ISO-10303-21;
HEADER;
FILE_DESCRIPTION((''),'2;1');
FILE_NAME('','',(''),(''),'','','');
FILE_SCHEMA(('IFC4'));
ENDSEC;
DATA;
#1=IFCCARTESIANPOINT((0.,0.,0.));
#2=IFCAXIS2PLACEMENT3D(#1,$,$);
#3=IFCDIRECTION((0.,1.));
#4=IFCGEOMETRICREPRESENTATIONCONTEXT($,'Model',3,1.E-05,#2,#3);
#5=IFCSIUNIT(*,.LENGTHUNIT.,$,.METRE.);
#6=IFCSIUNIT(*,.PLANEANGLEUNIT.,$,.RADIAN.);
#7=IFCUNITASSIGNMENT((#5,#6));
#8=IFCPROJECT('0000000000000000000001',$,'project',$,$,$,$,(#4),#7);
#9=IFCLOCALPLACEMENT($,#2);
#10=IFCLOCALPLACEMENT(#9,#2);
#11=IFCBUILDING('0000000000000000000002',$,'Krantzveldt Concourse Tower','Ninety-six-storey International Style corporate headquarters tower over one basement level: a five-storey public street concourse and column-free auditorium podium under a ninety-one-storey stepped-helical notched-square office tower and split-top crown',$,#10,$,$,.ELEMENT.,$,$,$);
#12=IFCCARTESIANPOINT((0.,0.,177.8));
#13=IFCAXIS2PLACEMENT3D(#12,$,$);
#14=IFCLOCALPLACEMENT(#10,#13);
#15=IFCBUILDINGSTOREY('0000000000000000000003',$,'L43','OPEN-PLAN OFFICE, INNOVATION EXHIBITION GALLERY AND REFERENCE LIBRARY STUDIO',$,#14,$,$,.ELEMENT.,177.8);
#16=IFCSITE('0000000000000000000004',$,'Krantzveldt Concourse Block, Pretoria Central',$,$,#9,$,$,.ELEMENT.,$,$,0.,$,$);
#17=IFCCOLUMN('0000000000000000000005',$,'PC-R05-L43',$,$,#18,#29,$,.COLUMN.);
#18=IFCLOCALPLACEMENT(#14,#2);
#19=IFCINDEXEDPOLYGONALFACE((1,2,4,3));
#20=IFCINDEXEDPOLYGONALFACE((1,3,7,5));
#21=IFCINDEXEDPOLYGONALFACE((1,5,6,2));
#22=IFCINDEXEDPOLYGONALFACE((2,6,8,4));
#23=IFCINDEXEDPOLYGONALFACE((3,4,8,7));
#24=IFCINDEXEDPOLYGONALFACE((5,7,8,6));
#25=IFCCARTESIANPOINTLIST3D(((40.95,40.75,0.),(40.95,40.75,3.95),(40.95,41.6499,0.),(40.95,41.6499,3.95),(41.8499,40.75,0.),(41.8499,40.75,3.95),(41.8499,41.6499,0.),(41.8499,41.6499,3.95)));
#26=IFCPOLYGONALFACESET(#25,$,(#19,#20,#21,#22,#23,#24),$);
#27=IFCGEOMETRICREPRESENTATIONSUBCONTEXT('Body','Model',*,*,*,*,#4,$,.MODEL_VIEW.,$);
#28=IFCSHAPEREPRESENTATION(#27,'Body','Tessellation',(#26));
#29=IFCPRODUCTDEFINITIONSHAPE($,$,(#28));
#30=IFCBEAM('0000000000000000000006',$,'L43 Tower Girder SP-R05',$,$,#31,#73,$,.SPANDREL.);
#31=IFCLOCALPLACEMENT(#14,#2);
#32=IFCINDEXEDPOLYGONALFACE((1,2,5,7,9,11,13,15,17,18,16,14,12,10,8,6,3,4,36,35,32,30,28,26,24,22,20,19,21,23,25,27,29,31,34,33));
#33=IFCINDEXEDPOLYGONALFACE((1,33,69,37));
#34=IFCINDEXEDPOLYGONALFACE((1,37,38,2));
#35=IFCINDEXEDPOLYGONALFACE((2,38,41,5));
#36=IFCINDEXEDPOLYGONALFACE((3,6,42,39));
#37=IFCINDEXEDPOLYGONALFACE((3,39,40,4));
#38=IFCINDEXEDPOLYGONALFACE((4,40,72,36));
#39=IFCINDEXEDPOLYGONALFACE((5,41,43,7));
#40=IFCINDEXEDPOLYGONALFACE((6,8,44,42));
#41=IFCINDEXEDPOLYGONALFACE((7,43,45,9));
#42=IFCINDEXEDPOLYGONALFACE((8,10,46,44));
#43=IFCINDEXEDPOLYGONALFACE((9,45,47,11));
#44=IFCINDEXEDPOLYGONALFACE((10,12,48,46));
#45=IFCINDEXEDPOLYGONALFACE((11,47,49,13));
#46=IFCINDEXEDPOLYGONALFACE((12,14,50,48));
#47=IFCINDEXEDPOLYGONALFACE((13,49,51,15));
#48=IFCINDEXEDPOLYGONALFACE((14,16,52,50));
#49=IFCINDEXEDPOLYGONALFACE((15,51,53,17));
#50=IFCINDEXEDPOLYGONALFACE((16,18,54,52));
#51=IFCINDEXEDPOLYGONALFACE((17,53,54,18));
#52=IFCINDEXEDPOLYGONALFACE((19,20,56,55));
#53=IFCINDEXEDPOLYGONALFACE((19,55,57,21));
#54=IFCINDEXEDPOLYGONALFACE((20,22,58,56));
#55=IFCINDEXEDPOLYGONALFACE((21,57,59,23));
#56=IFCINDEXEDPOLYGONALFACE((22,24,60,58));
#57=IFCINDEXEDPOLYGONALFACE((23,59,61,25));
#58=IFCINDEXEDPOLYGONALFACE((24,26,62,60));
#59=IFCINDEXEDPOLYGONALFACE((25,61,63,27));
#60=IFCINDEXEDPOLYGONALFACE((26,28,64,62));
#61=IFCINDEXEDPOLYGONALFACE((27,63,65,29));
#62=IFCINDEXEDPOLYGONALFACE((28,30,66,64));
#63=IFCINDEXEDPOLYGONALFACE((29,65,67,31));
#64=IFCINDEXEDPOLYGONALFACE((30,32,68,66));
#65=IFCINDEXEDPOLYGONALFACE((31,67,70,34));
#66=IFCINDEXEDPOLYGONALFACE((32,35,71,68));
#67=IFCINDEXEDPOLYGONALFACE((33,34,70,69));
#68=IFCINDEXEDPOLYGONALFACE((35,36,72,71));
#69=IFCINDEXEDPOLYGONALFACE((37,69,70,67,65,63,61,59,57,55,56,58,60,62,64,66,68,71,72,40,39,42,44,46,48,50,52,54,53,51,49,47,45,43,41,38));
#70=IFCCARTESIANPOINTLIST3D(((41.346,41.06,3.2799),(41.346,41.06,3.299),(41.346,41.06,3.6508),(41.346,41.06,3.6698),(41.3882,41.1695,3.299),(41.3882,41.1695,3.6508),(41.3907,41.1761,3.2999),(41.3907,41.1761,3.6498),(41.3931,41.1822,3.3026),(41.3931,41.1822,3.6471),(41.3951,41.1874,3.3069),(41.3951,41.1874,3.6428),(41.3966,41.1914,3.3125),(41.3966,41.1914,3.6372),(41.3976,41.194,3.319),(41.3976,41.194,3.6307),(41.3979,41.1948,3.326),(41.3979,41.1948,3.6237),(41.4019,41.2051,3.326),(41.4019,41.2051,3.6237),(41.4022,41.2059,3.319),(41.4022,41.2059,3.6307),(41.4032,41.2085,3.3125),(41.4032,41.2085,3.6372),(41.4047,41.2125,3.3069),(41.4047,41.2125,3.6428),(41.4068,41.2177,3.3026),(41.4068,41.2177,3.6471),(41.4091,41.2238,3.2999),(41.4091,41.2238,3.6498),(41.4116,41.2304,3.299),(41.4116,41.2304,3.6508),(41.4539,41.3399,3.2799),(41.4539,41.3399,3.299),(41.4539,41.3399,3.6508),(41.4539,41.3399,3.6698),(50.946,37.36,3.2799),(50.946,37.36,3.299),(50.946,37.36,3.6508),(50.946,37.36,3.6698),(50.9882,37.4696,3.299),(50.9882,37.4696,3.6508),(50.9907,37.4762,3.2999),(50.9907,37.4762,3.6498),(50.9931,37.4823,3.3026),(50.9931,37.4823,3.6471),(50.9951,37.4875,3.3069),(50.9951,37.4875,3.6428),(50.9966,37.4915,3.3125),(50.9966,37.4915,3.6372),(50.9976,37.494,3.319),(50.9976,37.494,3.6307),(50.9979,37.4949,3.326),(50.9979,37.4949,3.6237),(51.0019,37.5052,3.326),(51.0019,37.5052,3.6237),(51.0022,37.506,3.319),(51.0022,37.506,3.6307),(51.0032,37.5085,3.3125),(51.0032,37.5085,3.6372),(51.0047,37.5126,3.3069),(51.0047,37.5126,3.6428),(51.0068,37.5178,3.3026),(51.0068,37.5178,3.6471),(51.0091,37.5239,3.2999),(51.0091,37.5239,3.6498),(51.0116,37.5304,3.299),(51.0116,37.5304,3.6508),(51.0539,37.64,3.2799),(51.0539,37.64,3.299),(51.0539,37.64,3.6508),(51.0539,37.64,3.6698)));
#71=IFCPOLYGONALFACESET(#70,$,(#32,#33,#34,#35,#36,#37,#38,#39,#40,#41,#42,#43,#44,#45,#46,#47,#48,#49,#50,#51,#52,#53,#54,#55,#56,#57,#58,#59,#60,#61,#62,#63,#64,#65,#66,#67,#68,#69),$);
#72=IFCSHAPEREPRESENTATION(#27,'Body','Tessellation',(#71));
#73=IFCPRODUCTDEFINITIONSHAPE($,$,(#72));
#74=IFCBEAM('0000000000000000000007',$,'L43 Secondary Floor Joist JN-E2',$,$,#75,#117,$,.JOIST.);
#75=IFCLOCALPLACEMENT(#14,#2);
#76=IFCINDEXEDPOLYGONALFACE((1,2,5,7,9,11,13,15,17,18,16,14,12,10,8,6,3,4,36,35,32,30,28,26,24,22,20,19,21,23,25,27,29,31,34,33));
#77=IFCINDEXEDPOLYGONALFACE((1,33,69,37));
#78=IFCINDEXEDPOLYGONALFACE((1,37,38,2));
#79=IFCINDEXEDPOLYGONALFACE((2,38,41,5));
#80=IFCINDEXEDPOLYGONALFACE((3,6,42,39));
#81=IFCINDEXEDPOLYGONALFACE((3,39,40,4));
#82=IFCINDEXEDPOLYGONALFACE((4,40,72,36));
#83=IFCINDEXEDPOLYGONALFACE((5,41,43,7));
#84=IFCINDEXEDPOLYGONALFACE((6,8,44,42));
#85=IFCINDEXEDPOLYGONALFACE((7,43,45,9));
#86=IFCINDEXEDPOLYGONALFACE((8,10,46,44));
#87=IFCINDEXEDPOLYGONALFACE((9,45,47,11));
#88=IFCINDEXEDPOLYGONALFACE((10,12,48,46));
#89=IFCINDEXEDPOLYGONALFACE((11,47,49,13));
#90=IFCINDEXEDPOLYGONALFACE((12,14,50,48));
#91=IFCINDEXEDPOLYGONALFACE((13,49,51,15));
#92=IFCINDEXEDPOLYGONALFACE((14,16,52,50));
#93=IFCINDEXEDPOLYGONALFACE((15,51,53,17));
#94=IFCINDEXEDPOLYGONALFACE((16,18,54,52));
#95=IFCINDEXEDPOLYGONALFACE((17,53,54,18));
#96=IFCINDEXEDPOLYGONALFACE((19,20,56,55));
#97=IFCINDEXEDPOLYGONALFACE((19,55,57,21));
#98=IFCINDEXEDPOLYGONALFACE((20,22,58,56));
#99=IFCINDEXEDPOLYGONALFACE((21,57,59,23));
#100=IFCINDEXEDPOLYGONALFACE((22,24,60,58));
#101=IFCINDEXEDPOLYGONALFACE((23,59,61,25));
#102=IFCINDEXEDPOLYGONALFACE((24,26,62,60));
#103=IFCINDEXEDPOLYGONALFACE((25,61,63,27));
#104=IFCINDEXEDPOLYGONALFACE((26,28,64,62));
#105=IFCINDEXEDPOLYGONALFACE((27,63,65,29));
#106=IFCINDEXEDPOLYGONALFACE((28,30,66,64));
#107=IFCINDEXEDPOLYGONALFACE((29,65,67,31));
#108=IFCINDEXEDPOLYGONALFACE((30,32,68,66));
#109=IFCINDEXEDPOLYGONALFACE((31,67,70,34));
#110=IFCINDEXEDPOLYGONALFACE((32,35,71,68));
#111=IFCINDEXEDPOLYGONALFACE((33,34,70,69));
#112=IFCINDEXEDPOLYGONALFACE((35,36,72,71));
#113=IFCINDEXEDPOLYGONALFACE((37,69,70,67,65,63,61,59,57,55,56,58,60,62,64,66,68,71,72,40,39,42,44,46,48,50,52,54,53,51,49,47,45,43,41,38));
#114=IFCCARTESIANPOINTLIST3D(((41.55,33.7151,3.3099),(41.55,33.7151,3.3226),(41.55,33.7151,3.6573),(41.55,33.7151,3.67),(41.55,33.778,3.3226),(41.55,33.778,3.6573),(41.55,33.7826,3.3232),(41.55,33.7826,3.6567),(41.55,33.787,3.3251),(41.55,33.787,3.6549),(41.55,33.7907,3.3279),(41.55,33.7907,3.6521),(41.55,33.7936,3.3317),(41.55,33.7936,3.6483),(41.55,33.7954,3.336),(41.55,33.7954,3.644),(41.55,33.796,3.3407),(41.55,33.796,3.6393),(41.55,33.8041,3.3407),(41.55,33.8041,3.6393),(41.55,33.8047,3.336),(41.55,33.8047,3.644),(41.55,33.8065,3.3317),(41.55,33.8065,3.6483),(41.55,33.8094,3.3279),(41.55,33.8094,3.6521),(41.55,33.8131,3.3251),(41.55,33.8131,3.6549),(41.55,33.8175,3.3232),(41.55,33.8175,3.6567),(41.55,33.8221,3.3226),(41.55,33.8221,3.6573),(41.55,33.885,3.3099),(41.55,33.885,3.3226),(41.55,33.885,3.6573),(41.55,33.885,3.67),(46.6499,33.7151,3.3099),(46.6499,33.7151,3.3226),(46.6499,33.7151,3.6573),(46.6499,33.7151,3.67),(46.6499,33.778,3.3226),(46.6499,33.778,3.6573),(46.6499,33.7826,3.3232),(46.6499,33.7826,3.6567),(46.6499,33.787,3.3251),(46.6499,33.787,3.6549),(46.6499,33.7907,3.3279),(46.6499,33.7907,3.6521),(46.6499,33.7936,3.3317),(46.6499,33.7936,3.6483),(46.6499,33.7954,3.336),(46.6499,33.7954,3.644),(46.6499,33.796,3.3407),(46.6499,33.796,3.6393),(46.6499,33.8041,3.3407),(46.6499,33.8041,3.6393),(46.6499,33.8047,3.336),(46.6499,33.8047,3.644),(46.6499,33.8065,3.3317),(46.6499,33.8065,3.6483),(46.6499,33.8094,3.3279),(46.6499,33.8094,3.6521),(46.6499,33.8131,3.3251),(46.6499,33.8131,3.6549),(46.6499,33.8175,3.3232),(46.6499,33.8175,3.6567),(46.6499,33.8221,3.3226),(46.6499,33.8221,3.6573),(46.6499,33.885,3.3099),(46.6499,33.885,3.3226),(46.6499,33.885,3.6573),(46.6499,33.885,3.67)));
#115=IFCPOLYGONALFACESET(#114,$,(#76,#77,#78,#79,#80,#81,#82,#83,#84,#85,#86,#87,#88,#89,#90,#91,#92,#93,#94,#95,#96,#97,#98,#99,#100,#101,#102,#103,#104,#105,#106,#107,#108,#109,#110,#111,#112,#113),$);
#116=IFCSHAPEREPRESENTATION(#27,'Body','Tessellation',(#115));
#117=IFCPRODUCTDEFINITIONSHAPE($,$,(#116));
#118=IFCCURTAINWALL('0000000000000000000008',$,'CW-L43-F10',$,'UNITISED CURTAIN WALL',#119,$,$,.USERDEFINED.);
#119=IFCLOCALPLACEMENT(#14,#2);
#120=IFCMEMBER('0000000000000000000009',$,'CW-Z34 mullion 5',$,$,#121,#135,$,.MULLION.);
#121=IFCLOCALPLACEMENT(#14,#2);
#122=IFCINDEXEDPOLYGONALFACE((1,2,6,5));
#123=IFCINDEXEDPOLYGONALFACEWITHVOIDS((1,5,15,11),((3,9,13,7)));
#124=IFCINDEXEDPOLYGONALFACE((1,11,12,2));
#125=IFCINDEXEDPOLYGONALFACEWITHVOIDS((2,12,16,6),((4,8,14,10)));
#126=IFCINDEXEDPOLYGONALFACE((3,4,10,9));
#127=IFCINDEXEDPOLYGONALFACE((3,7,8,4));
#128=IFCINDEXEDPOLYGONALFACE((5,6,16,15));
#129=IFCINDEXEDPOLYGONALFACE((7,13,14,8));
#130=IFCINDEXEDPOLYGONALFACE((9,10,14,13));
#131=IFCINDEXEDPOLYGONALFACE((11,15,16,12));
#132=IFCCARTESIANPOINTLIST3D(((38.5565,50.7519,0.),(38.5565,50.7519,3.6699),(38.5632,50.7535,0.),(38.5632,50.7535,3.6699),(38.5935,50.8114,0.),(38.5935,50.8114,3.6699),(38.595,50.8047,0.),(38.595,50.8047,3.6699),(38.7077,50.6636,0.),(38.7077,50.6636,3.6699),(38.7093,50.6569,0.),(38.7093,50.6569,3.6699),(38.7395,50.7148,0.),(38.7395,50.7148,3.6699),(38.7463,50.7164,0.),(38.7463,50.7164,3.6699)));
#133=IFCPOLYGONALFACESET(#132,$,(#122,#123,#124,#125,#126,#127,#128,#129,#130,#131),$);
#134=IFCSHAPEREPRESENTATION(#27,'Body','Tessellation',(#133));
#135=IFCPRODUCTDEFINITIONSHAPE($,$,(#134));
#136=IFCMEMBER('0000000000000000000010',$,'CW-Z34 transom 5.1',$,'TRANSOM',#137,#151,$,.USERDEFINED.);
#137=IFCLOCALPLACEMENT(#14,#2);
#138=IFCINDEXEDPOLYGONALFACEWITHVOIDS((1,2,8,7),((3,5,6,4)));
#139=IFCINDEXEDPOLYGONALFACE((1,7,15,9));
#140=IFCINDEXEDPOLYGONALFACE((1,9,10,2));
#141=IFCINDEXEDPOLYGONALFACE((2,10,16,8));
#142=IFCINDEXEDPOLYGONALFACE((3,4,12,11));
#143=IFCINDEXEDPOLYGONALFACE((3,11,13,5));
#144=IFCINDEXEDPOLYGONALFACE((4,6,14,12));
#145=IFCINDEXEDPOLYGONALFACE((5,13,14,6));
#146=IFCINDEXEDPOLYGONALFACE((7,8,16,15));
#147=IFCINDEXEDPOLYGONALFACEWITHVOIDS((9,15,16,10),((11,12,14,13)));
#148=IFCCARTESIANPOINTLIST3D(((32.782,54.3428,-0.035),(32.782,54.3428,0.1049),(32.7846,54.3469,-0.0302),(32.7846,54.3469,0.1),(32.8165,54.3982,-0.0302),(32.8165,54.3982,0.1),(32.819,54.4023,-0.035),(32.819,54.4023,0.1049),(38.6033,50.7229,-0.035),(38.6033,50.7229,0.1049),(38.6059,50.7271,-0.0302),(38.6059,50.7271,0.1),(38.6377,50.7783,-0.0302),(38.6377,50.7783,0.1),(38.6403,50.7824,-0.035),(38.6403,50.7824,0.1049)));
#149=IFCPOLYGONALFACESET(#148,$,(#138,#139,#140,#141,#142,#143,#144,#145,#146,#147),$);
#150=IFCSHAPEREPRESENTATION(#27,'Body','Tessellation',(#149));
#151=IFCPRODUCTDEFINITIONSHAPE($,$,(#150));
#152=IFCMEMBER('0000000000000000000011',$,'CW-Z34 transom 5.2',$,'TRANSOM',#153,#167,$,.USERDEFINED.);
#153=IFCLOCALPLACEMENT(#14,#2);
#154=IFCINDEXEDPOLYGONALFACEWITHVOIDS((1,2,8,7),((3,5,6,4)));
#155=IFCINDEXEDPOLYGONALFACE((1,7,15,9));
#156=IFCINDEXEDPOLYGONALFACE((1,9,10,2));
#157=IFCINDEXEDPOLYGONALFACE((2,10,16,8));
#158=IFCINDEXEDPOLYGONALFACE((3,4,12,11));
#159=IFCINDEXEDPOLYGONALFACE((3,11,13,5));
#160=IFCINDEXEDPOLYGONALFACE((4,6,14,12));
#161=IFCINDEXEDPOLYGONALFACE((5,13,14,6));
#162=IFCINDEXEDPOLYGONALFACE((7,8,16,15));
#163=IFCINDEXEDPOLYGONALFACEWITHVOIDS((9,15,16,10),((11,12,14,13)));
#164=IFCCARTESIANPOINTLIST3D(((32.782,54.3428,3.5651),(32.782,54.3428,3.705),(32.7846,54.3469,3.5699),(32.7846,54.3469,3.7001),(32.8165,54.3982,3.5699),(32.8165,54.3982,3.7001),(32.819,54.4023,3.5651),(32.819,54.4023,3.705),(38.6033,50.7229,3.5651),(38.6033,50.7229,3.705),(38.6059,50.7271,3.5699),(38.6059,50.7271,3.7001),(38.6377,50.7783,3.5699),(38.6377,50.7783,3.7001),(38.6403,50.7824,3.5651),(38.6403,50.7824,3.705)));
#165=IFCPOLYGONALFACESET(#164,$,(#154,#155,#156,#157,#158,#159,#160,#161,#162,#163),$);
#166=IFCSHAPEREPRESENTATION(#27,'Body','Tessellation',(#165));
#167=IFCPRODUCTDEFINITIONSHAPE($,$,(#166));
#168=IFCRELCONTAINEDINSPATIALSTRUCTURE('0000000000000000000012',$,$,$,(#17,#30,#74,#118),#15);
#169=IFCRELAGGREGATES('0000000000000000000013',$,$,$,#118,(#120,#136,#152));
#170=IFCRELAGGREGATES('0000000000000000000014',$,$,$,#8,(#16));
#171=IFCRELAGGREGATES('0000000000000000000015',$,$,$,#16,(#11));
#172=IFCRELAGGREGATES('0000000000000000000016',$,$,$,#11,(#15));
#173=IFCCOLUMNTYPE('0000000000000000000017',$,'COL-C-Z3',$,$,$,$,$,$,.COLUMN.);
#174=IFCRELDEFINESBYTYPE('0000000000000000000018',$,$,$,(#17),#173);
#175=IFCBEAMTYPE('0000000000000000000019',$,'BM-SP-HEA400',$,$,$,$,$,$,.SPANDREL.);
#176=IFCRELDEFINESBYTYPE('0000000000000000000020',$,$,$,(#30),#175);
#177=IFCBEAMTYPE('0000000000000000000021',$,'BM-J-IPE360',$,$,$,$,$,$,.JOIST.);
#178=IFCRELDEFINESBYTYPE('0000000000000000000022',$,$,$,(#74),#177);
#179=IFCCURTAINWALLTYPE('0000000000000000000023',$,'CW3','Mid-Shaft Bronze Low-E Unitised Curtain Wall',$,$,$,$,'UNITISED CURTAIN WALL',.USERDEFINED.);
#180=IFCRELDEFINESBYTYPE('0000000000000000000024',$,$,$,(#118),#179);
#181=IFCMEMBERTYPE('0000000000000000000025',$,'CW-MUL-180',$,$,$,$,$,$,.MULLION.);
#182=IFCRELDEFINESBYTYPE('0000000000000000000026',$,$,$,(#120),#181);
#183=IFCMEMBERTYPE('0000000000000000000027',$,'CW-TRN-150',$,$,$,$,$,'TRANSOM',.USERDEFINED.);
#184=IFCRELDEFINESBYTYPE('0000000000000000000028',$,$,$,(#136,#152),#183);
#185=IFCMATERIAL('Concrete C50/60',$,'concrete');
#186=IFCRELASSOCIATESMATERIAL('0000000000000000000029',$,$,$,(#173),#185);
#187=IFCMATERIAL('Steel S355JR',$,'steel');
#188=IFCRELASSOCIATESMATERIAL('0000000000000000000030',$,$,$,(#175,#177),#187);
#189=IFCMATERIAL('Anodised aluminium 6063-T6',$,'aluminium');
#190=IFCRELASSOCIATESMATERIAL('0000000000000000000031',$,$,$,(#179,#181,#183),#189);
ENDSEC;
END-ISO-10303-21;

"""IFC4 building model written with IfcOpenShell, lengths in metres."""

from ifc_helpers import new_model, si_unit, direction, frame, origin, origin_2d, place, context, subcontext, project, spatial, rectangle, hollow_rectangle, i_section, extrude, source, transform, mapped, material, material_profile, profile_set, type_object, type_shapes, element, aggregate, save


model = new_model("IFC4")

# Units and contexts
model_context = context("Model", 3, precision=1e-05, world=origin(), true_north=direction((0.0, 1.0)))
body_context = subcontext(model_context, "Body", "Model", "MODEL_VIEW")
ifc_project = project(units=[si_unit("LENGTHUNIT", "METRE"), si_unit("PLANEANGLEUNIT", "RADIAN")], contexts=[model_context])

# Site, building, storey
site_placement = place(None, origin())
site = spatial("IfcSite", under=ifc_project, at=site_placement, Name="Krantzveldt Concourse Block, Pretoria Central", CompositionType="ELEMENT", RefElevation=0.0)
building_placement = place(site_placement, origin())
building = spatial("IfcBuilding", under=site, at=building_placement, Name="Krantzveldt Concourse Tower", Description="Ninety-six-storey International Style corporate headquarters tower over one basement level: a five-storey public street concourse and column-free auditorium podium under a ninety-one-storey stepped-helical notched-square office tower and split-top crown", CompositionType="ELEMENT")
storey_placement = place(building_placement, frame((0.0, 0.0, 177.8)))
storey = spatial("IfcBuildingStorey", under=building, at=storey_placement, Name="L43", Description="OPEN-PLAN OFFICE, INNOVATION EXHIBITION GALLERY AND REFERENCE LIBRARY STUDIO", CompositionType="ELEMENT", Elevation=177.8)

# Column
ifc_material_1 = material(Name="Concrete C50/60", Category="concrete")
ifc_material_profile_1 = material_profile(ifc_material_1, rectangle(XDim=0.8999, YDim=0.8999, at=origin_2d()), Name="Concrete C50/60", Category="concrete")
ifc_profile_set_1 = profile_set([ifc_material_profile_1], Name="Concrete C50/60 - RC 900x900")
column_type = type_object("IfcColumnType", Name="COL-C-Z3", PredefinedType="COLUMN", material=ifc_profile_set_1)
shared_shape_1 = source(origin(), body_context, "Body", "SweptSolid", [
    extrude(rectangle(XDim=0.8999, YDim=0.8999, at=origin_2d()), origin(), (0.0, 0.0, 1.0), 3.95),
])
type_shapes(column_type, [shared_shape_1])
column_placement = place(storey_placement, frame((41.3999, 41.2, 0.0), z_axis=(0.0, 0.0, 1.0), x_axis=(1.0, 0.0, 0.0)))
element("IfcColumn", 1, at=column_placement, inside=storey, type_object=column_type, Name="PC-R05-L43", PredefinedType="COLUMN", context=body_context, shape_type="MappedRepresentation", body=[
    mapped(shared_shape_1, transform((0.0, 0.0, 0.0), x_axis=(1.0, 0.0, 0.0), y_axis=(0.0, 1.0, 0.0), z_axis=(0.0, 0.0, 1.0), scale=1.0)),
])

# Beams
ifc_material_2 = material(Name="Steel S355JR", Category="steel")
ifc_material_profile_2 = material_profile(ifc_material_2, i_section(OverallWidth=0.3, OverallDepth=0.3899, WebThickness=0.011, FlangeThickness=0.019, FilletRadius=0.0271, at=origin_2d()), Name="Steel S355JR", Category="steel")
ifc_profile_set_2 = profile_set([ifc_material_profile_2], Name="Steel S355JR - HEA 400")
beam_type_1 = type_object("IfcBeamType", Name="BM-SP-HEA400", PredefinedType="SPANDREL", material=ifc_profile_set_2)
shared_shape_2 = source(origin(), body_context, "Body", "SweptSolid", [
    extrude(i_section(OverallWidth=0.3, OverallDepth=0.3899, WebThickness=0.011, FlangeThickness=0.019, FilletRadius=0.0271, at=origin_2d()), origin(), (0.0, 0.0, 1.0), 10.2883),
])
type_shapes(beam_type_1, [shared_shape_2])
beam_1_placement = place(storey_placement, frame((41.3999, 41.2, 3.4749), z_axis=(0.933098, -0.359623, 0.0), x_axis=(0.359623, 0.933098, 0.0)))
element("IfcBeam", 2, at=beam_1_placement, inside=storey, type_object=beam_type_1, Name="L43 Tower Girder SP-R05", PredefinedType="SPANDREL", context=body_context, shape_type="MappedRepresentation", body=[
    mapped(shared_shape_2, transform((0.0, 0.0, 0.0), x_axis=(1.0, 0.0, 0.0), y_axis=(0.0, 1.0, 0.0), z_axis=(0.0, 0.0, 1.0), scale=1.0)),
])
ifc_material_profile_3 = material_profile(ifc_material_2, i_section(OverallWidth=0.1699, OverallDepth=0.3601, WebThickness=0.0081, FlangeThickness=0.0127, FilletRadius=0.0181, at=origin_2d()), Name="Steel S355JR", Category="steel")
ifc_profile_set_3 = profile_set([ifc_material_profile_3], Name="Steel S355JR - IPE 360")
beam_type_2 = type_object("IfcBeamType", Name="BM-J-IPE360", PredefinedType="JOIST", material=ifc_profile_set_3)
shared_shape_3 = source(origin(), body_context, "Body", "SweptSolid", [
    extrude(i_section(OverallWidth=0.1699, OverallDepth=0.3601, WebThickness=0.0081, FlangeThickness=0.0127, FilletRadius=0.0181, at=origin_2d()), origin(), (0.0, 0.0, 1.0), 5.0999),
])
type_shapes(beam_type_2, [shared_shape_3])
beam_2_placement = place(storey_placement, frame((41.55, 33.8, 3.49), z_axis=(1.0, 0.0, 0.0), x_axis=(0.0, 1.0, 0.0)))
element("IfcBeam", 3, at=beam_2_placement, inside=storey, type_object=beam_type_2, Name="L43 Secondary Floor Joist JN-E2", PredefinedType="JOIST", context=body_context, shape_type="MappedRepresentation", body=[
    mapped(shared_shape_3, transform((0.0, 0.0, 0.0), x_axis=(1.0, 0.0, 0.0), y_axis=(0.0, 1.0, 0.0), z_axis=(0.0, 0.0, 1.0), scale=1.0)),
])

# Curtain wall, members
ifc_material_3 = material(Name="Anodised aluminium 6063-T6", Category="aluminium")
curtain_wall_type = type_object("IfcCurtainWallType", Name="CW3", Description="Mid-Shaft Bronze Low-E Unitised Curtain Wall", ElementType="UNITISED CURTAIN WALL", PredefinedType="USERDEFINED", material=ifc_material_3)
curtain_wall_placement = place(storey_placement, origin())
curtain_wall = element("IfcCurtainWall", 4, at=curtain_wall_placement, inside=storey, type_object=curtain_wall_type, Name="CW-L43-F10", ObjectType="UNITISED CURTAIN WALL", PredefinedType="USERDEFINED")
ifc_material_profile_4 = material_profile(ifc_material_3, hollow_rectangle(XDim=0.0701, YDim=0.1799, WallThickness=0.0049, at=origin_2d()), Name="Anodised aluminium 6063-T6", Category="aluminium")
ifc_profile_set_4 = profile_set([ifc_material_profile_4], Name="Anodised aluminium 6063-T6 - ALU-MULL 180x70x5")
member_type_1 = type_object("IfcMemberType", Name="CW-MUL-180", PredefinedType="MULLION", material=ifc_profile_set_4)
shared_shape_4 = source(origin(), body_context, "Body", "SweptSolid", [
    extrude(hollow_rectangle(XDim=0.0701, YDim=0.1799, WallThickness=0.0049, at=origin_2d()), origin(), (0.0, 0.0, 1.0), 3.6699),
])
type_shapes(member_type_1, [shared_shape_4])
member_1_placement = place(storey_placement, frame((38.6514, 50.7341, 0.0), z_axis=(0.0, 0.0, 1.0), x_axis=(-0.528068, -0.849202, 0.0)))
member_1 = element("IfcMember", 5, at=member_1_placement, type_object=member_type_1, Name="CW-Z34 mullion 5", PredefinedType="MULLION", context=body_context, shape_type="MappedRepresentation", body=[
    mapped(shared_shape_4, transform((0.0, 0.0, 0.0), x_axis=(1.0, 0.0, 0.0), y_axis=(0.0, 1.0, 0.0), z_axis=(0.0, 0.0, 1.0), scale=1.0)),
])
ifc_material_profile_5 = material_profile(ifc_material_3, hollow_rectangle(XDim=0.0701, YDim=0.1399, WallThickness=0.0049, at=origin_2d()), Name="Anodised aluminium 6063-T6", Category="aluminium")
ifc_profile_set_5 = profile_set([ifc_material_profile_5], Name="Anodised aluminium 6063-T6 - ALU-TRAN 140x70x5")
member_type_2 = type_object("IfcMemberType", Name="CW-TRN-150", ElementType="TRANSOM", PredefinedType="USERDEFINED", material=ifc_profile_set_5)
shared_shape_5 = source(origin(), body_context, "Body", "SweptSolid", [
    extrude(hollow_rectangle(XDim=0.0701, YDim=0.1399, WallThickness=0.0049, at=origin_2d()), origin(), (0.0, 0.0, 1.0), 6.855),
])
type_shapes(member_type_2, [shared_shape_5])
member_2_placement = place(storey_placement, frame((38.6218, 50.7527, 0.0349), z_axis=(-0.849205, 0.528064, 0.0), x_axis=(-0.528064, -0.849205, 0.0)))
member_2 = element("IfcMember", 6, at=member_2_placement, type_object=member_type_2, Name="CW-Z34 transom 5.1", ObjectType="TRANSOM", PredefinedType="USERDEFINED", context=body_context, shape_type="MappedRepresentation", body=[
    mapped(shared_shape_5, transform((0.0, 0.0, 0.0), x_axis=(1.0, 0.0, 0.0), y_axis=(0.0, 1.0, 0.0), z_axis=(0.0, 0.0, 1.0), scale=1.0)),
])
member_3_placement = place(storey_placement, frame((38.6218, 50.7527, 3.635), z_axis=(-0.849205, 0.528064, 0.0), x_axis=(-0.528064, -0.849205, 0.0)))
member_3 = element("IfcMember", 7, at=member_3_placement, type_object=member_type_2, Name="CW-Z34 transom 5.2", ObjectType="TRANSOM", PredefinedType="USERDEFINED", context=body_context, shape_type="MappedRepresentation", body=[
    mapped(shared_shape_5, transform((0.0, 0.0, 0.0), x_axis=(1.0, 0.0, 0.0), y_axis=(0.0, 1.0, 0.0), z_axis=(0.0, 0.0, 1.0), scale=1.0)),
])
aggregate(curtain_wall, [member_1, member_2, member_3])

save(model, "model.ifc")
